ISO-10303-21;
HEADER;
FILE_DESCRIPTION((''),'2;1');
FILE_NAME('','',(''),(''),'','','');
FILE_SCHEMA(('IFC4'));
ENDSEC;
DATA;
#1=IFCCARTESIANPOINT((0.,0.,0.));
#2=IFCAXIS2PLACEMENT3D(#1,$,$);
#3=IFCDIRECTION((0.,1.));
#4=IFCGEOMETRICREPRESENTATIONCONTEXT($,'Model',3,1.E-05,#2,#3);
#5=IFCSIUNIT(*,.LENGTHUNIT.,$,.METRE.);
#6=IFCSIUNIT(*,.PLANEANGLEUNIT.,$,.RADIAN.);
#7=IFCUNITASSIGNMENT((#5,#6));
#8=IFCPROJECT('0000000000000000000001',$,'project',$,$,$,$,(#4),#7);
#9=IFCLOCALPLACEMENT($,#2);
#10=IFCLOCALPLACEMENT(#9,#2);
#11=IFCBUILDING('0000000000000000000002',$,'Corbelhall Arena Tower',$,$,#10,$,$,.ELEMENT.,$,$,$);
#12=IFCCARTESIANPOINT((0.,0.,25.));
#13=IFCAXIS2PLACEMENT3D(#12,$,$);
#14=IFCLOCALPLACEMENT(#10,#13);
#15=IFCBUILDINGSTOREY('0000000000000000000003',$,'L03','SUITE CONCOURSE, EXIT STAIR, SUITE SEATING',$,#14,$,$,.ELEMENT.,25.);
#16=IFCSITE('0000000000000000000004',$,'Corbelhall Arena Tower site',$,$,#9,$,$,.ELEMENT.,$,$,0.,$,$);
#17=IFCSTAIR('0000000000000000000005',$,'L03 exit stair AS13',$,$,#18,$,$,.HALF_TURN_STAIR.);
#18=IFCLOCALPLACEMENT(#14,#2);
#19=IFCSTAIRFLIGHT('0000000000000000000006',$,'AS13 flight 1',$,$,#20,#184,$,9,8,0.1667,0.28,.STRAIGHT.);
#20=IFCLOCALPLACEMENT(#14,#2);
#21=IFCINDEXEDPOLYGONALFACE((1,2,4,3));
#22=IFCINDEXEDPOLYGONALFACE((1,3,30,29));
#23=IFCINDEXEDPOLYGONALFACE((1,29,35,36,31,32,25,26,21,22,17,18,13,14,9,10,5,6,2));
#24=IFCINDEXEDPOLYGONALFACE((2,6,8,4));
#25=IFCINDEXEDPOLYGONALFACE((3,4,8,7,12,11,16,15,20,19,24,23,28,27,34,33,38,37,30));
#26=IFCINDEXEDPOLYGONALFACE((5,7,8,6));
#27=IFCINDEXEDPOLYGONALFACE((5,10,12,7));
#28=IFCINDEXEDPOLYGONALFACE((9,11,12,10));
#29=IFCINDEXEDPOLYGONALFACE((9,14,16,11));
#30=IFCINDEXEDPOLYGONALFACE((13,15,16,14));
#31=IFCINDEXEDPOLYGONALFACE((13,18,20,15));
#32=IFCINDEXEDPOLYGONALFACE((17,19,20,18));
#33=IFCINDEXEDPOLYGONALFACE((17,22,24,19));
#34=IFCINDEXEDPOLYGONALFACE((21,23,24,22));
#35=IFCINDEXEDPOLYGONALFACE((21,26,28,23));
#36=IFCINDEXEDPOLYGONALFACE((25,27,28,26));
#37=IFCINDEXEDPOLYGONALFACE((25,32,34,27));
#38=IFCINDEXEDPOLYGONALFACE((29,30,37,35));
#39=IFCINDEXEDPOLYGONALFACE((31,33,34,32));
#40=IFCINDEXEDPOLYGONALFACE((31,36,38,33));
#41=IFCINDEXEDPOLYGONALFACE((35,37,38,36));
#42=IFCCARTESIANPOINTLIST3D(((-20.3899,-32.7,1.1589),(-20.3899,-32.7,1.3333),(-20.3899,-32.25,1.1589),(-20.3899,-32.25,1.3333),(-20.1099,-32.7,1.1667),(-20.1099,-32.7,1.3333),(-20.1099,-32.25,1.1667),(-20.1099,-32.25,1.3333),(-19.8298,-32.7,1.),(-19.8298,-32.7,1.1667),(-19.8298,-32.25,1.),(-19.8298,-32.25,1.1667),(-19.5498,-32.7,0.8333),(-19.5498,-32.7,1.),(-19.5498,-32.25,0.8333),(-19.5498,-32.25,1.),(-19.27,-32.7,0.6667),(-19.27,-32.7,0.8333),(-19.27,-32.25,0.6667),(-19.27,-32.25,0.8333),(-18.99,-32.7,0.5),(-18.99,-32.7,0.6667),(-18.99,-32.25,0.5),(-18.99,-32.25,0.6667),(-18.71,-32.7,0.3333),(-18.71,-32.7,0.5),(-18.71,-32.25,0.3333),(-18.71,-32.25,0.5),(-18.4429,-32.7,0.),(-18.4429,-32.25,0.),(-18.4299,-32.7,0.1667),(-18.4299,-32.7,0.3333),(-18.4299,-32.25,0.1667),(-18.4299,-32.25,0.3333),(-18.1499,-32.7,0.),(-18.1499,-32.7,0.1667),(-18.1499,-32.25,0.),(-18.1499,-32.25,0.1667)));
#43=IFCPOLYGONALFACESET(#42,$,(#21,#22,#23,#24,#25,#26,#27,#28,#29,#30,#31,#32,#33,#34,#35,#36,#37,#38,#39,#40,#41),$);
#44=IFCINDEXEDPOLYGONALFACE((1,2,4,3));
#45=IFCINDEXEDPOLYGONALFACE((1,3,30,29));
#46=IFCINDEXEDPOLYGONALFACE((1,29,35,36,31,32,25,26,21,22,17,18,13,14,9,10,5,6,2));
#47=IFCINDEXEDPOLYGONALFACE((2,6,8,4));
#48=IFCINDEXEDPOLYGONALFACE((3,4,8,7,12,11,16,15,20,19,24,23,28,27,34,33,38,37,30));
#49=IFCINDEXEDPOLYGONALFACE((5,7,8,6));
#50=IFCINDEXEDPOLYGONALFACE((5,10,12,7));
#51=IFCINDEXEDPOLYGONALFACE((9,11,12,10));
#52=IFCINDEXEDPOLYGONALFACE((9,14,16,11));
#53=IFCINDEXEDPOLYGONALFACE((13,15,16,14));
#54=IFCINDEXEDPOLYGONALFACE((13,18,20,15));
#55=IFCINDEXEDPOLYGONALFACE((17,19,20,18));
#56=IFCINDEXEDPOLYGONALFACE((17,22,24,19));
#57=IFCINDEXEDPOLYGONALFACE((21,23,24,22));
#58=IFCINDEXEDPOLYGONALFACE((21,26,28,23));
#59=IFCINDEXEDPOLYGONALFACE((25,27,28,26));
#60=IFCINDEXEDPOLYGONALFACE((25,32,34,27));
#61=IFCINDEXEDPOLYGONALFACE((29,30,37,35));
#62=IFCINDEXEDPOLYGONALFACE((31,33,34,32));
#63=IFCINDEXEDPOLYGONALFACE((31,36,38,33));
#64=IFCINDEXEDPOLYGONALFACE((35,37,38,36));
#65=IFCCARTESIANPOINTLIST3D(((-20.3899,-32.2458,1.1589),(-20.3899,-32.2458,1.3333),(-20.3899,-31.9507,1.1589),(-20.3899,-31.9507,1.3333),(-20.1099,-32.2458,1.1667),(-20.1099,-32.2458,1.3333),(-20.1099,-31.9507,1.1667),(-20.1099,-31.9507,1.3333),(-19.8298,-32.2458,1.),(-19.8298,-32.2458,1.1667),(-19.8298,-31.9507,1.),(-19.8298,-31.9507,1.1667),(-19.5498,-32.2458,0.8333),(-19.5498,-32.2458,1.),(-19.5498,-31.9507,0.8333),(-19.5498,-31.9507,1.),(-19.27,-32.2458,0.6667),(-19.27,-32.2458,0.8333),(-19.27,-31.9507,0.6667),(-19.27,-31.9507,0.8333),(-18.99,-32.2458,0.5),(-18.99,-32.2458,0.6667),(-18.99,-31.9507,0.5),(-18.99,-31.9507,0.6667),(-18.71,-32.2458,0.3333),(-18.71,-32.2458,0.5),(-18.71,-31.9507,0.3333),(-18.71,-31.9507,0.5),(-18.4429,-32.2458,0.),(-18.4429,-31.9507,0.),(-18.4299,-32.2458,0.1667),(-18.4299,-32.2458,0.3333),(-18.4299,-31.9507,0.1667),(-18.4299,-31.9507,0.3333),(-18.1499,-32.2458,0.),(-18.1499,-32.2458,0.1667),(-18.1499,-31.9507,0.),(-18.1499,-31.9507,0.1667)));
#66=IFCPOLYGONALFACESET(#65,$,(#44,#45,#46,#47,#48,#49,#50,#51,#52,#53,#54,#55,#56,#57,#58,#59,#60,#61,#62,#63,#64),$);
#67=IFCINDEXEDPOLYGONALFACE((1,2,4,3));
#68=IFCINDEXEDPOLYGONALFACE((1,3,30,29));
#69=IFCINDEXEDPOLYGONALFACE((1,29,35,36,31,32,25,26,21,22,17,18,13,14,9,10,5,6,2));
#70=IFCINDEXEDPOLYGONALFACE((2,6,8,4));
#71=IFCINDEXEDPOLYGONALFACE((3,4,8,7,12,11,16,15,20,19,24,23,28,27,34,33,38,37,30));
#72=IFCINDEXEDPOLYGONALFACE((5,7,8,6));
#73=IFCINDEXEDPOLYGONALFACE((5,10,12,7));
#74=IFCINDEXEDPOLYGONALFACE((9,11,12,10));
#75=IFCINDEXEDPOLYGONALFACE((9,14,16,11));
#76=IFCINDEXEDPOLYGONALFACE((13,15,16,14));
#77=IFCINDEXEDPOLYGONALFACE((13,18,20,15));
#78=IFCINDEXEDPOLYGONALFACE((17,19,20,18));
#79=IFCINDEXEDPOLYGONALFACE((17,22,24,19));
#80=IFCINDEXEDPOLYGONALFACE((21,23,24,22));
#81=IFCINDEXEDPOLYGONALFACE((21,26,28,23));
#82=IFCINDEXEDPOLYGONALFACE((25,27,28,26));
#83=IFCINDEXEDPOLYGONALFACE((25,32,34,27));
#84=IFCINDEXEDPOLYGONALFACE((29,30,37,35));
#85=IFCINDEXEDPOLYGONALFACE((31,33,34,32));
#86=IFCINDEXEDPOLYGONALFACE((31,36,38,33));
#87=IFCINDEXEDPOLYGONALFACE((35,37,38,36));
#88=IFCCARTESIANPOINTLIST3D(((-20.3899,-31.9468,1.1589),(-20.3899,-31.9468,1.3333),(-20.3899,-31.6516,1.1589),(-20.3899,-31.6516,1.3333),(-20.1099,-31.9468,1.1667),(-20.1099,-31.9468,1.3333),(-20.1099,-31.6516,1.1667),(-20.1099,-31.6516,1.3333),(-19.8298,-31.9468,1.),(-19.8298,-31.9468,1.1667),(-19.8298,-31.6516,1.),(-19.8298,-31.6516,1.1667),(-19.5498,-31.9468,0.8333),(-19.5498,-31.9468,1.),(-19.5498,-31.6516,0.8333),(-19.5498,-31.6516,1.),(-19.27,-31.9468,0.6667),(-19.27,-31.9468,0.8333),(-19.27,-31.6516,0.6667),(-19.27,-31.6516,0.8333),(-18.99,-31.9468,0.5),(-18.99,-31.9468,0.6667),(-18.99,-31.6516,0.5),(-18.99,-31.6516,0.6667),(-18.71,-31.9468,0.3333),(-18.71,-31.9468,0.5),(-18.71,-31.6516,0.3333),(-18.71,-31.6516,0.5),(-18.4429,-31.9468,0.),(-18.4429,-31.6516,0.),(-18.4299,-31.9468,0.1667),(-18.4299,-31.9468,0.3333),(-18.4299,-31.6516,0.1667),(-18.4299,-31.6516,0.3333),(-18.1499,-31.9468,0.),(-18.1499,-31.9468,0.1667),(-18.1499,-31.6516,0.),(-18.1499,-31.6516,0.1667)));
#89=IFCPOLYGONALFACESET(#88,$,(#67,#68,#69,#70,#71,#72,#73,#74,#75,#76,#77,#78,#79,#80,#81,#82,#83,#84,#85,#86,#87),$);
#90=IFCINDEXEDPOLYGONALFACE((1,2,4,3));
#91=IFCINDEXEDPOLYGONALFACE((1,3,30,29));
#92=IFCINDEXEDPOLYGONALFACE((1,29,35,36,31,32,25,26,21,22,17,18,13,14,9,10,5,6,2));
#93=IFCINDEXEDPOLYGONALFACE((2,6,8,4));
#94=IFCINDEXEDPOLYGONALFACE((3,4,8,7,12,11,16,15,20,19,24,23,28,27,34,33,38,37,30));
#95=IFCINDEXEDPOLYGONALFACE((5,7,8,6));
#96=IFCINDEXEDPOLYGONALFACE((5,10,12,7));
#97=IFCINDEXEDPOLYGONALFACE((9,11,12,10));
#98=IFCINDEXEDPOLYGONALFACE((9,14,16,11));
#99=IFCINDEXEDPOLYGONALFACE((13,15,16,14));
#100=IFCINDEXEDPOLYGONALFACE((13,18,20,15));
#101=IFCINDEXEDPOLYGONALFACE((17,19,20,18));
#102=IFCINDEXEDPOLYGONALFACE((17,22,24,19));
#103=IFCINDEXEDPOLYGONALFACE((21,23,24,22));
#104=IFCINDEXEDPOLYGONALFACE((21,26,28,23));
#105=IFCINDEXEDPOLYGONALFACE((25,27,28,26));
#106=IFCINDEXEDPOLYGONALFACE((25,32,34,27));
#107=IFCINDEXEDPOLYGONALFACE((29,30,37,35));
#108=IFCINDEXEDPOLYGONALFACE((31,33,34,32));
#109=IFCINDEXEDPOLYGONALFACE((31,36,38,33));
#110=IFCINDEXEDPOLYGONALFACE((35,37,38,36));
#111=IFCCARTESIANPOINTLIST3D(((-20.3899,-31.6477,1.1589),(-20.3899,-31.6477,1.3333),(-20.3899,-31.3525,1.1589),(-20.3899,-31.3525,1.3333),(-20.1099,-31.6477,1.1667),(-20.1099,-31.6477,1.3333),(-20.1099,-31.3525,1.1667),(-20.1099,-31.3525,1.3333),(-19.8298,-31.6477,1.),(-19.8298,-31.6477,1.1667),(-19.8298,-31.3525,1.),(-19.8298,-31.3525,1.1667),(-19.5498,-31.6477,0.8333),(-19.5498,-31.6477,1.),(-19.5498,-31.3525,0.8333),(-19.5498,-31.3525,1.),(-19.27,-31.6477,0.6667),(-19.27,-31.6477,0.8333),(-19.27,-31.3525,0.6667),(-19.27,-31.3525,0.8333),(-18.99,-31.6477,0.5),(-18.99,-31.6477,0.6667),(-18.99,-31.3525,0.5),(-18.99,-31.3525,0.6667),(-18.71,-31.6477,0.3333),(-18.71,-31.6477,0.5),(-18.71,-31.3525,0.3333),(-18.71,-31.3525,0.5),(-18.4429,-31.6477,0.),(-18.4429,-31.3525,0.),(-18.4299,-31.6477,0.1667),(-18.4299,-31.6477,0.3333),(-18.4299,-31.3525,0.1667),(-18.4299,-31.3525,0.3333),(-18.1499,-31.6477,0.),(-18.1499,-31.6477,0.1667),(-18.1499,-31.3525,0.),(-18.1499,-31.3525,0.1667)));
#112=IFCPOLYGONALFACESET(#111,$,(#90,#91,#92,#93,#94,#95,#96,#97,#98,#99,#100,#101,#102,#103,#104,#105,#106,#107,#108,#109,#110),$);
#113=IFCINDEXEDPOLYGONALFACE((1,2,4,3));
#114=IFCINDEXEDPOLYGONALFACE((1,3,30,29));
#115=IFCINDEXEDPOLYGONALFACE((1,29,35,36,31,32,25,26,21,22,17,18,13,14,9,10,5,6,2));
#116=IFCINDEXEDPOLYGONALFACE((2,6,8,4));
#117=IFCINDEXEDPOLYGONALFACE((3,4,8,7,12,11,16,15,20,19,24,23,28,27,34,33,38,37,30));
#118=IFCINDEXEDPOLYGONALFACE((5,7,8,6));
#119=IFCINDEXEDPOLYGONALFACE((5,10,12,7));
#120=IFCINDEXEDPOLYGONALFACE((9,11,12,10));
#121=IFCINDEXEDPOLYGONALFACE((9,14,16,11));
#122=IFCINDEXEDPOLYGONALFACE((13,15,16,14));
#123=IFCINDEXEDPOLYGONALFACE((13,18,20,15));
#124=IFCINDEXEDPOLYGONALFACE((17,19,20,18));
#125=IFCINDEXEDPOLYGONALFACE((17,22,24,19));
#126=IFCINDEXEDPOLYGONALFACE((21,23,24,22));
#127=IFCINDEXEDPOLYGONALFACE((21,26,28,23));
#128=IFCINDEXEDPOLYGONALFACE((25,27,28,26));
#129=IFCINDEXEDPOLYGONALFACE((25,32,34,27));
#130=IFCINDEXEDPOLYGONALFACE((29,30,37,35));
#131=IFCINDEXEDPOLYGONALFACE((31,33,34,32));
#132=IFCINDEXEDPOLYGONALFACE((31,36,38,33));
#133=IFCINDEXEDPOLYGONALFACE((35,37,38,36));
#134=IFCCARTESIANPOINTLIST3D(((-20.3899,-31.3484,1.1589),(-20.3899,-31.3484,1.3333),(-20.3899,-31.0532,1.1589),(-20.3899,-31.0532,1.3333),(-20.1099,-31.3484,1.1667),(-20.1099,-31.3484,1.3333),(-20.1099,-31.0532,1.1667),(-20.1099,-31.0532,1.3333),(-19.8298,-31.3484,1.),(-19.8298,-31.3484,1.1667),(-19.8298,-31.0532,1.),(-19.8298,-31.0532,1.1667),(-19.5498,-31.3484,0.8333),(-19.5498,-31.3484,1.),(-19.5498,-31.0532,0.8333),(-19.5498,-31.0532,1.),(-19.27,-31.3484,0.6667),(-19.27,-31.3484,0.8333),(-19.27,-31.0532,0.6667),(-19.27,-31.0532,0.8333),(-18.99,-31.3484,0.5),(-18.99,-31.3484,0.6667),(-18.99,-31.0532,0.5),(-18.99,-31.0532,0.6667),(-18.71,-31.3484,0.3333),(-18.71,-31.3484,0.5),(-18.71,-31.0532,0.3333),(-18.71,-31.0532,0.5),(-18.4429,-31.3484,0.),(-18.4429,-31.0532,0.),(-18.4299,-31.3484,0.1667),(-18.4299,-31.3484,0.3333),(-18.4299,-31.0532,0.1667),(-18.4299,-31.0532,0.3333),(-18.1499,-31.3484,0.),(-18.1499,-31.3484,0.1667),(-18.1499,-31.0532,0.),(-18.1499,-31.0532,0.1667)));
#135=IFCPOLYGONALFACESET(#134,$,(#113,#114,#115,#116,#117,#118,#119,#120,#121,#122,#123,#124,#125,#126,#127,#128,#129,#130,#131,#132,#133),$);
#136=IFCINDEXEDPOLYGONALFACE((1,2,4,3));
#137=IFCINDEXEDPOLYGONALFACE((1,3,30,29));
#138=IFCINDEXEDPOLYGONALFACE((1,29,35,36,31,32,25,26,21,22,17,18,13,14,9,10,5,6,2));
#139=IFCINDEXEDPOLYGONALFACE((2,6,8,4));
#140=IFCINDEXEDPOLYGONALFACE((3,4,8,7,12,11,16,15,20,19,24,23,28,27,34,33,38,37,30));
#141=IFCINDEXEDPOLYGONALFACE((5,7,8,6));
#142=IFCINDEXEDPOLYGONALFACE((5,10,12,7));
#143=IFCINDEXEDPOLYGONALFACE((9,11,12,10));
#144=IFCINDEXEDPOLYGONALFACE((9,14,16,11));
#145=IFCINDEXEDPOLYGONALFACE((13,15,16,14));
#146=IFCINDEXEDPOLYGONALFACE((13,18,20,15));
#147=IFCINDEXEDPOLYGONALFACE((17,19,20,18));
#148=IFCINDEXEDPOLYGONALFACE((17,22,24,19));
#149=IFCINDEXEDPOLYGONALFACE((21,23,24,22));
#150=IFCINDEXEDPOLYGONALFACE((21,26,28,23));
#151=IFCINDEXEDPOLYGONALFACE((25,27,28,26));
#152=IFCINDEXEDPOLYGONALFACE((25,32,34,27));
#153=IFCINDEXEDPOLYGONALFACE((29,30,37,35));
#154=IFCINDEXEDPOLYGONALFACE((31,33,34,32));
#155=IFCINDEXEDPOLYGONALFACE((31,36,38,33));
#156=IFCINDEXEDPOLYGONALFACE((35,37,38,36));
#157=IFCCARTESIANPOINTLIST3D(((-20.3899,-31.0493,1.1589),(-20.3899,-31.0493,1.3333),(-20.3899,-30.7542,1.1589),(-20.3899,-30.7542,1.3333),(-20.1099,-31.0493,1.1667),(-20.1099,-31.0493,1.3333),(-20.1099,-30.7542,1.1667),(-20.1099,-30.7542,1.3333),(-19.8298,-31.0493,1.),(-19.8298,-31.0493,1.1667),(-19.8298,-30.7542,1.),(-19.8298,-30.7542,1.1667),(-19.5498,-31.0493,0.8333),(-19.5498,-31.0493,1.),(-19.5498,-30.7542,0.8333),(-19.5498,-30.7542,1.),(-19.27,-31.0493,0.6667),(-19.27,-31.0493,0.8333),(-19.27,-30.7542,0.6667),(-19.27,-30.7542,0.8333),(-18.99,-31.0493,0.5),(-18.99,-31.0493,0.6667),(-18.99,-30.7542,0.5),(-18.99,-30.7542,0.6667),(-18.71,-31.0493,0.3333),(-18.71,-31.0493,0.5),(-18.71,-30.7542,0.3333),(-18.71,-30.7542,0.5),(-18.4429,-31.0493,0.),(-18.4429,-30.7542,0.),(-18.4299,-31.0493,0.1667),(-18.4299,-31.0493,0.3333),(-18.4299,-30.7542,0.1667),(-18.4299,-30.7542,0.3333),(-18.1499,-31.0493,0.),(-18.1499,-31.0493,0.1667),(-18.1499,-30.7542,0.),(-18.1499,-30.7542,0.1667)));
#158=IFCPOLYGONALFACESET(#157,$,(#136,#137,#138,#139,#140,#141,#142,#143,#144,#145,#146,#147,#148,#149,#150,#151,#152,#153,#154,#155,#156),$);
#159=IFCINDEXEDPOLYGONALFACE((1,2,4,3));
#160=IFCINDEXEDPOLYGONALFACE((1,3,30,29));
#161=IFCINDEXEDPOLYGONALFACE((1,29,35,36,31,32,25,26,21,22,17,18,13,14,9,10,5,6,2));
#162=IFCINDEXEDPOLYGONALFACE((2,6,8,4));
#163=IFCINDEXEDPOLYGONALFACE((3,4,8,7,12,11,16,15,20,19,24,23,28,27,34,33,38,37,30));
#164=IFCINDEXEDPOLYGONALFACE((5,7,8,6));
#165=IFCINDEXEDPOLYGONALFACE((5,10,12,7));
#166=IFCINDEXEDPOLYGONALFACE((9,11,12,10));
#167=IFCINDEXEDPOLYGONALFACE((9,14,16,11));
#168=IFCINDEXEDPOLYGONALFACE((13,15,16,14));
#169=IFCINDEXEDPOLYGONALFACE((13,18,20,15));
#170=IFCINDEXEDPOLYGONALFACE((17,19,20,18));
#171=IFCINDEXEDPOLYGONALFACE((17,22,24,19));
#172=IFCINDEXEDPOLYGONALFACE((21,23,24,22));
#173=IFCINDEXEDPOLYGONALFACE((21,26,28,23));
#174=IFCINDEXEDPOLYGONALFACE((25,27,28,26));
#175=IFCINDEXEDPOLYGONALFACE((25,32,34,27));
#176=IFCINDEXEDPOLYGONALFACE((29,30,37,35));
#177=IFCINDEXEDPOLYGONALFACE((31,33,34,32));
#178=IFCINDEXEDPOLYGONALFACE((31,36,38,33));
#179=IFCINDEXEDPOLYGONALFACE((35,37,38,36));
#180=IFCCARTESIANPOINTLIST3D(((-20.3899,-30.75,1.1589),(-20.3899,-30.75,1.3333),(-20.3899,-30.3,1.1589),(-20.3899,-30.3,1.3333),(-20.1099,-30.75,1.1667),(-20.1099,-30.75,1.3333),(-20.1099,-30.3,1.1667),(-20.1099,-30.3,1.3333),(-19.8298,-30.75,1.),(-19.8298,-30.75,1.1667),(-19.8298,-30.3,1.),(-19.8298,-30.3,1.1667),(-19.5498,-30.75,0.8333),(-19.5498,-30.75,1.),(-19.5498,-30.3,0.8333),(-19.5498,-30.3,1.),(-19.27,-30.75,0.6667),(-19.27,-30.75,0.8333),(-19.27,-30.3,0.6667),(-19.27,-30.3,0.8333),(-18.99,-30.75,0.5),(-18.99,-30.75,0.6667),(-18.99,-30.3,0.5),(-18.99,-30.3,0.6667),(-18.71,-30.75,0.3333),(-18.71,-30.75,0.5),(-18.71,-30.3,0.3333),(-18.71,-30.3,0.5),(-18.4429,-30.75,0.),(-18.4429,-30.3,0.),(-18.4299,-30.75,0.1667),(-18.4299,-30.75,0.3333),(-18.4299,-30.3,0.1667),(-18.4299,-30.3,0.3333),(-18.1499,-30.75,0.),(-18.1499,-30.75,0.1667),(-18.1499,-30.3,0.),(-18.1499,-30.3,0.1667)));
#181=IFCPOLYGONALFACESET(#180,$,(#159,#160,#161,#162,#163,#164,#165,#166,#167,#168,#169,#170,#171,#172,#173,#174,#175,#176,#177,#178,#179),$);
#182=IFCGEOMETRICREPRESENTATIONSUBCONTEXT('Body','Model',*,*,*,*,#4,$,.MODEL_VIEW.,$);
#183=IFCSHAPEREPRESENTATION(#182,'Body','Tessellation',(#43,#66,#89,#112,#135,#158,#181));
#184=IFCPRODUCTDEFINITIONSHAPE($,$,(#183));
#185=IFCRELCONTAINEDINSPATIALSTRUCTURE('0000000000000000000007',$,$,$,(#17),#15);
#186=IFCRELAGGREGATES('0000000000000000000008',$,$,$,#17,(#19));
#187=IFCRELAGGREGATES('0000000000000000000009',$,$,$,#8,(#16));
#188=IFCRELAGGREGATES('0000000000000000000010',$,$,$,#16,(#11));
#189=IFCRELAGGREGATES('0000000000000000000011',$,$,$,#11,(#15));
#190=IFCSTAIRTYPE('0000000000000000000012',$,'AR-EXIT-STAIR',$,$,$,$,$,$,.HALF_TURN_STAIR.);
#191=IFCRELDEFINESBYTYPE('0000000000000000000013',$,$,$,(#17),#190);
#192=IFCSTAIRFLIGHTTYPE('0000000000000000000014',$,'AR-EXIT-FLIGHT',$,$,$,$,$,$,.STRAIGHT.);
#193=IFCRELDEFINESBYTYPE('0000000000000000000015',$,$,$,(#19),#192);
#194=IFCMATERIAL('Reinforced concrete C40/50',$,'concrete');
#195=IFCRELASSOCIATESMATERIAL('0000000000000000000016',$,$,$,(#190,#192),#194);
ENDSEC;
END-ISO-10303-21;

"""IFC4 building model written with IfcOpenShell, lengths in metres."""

from ifc_helpers import new_model, si_unit, direction, frame, origin, place, context, subcontext, project, spatial, polyline, outline, extrude, material, type_object, element, aggregate, save


model = new_model("IFC4")

# Units and contexts
model_context = context("Model", 3, precision=1e-05, world=origin(), true_north=direction((0.0, 1.0)))
body_context = subcontext(model_context, "Body", "Model", "MODEL_VIEW")
ifc_project = project(units=[si_unit("LENGTHUNIT", "METRE"), si_unit("PLANEANGLEUNIT", "RADIAN")], contexts=[model_context])

# Site, building, storey
site_placement = place(None, origin())
site = spatial("IfcSite", under=ifc_project, at=site_placement, Name="Corbelhall Arena Tower site", CompositionType="ELEMENT", RefElevation=0.0)
building_placement = place(site_placement, origin())
building = spatial("IfcBuilding", under=site, at=building_placement, Name="Corbelhall Arena Tower", CompositionType="ELEMENT")
storey_placement = place(building_placement, frame((0.0, 0.0, 25.0)))
storey = spatial("IfcBuildingStorey", under=building, at=storey_placement, Name="L03", Description="SUITE CONCOURSE, EXIT STAIR, SUITE SEATING", CompositionType="ELEMENT", Elevation=25.0)

# Shared definitions
ifc_material_1 = material(Name="Reinforced concrete C40/50", Category="concrete")

# Stair, stair flight
stair_type = type_object("IfcStairType", Name="AR-EXIT-STAIR", PredefinedType="HALF_TURN_STAIR", material=ifc_material_1)
stair_1_placement = place(storey_placement, origin())
stair_1 = element("IfcStair", 1, at=stair_1_placement, inside=storey, type_object=stair_type, Name="L03 exit stair AS13", PredefinedType="HALF_TURN_STAIR")
stair_flight_type = type_object("IfcStairFlightType", Name="AR-EXIT-FLIGHT", PredefinedType="STRAIGHT", material=ifc_material_1)
stair_flight_1_placement = place(storey_placement, frame((-18.1499, -31.5, 0.0), z_axis=(0.0, 0.0, 1.0), x_axis=(-1.0, 0.0, 0.0)))
stair_flight_1 = element("IfcStairFlight", 2, at=stair_flight_1_placement, type_object=stair_flight_type, Name="AS13 flight 1", NumberOfRisers=9, NumberOfTreads=8, PredefinedType="STRAIGHT", RiserHeight=0.1667, TreadLength=0.28, context=body_context, shape_type="SweptSolid", body=[
    extrude(outline(polyline([(0.0, 0.0), (0.0, 0.1667), (0.28, 0.1667), (0.28, 0.3333), (0.5601, 0.3333), (0.5601, 0.5), (0.8401, 0.5), (0.8401, 0.6667), (1.1201, 0.6667), (1.1201, 0.8333), (1.3999, 0.8333), (1.3999, 1.0), (1.6799, 1.0), (1.6799, 1.1667), (1.96, 1.1667), (1.96, 1.3333), (2.24, 1.3333), (2.24, 1.5), (2.24, 1.1589), (0.293, 0.0), (0.0, 0.0)])), frame((0.0, 1.2, 0.0), z_axis=(0.0, -1.0, 0.0), x_axis=(1.0, 0.0, 0.0)), (0.0, 0.0, 1.0), 0.45),
    extrude(outline(polyline([(0.0, 0.0), (0.0, 0.1667), (0.28, 0.1667), (0.28, 0.3333), (0.5601, 0.3333), (0.5601, 0.5), (0.8401, 0.5), (0.8401, 0.6667), (1.1201, 0.6667), (1.1201, 0.8333), (1.3999, 0.8333), (1.3999, 1.0), (1.6799, 1.0), (1.6799, 1.1667), (1.96, 1.1667), (1.96, 1.3333), (2.24, 1.3333), (2.24, 1.5), (2.24, 1.1589), (0.293, 0.0), (0.0, 0.0)])), frame((0.0, 0.7458, 0.0), z_axis=(0.0, -1.0, 0.0), x_axis=(1.0, 0.0, 0.0)), (0.0, 0.0, 1.0), 0.2952),
    extrude(outline(polyline([(0.0, 0.0), (0.0, 0.1667), (0.28, 0.1667), (0.28, 0.3333), (0.5601, 0.3333), (0.5601, 0.5), (0.8401, 0.5), (0.8401, 0.6667), (1.1201, 0.6667), (1.1201, 0.8333), (1.3999, 0.8333), (1.3999, 1.0), (1.6799, 1.0), (1.6799, 1.1667), (1.96, 1.1667), (1.96, 1.3333), (2.24, 1.3333), (2.24, 1.5), (2.24, 1.1589), (0.293, 0.0), (0.0, 0.0)])), frame((0.0, 0.4468, 0.0), z_axis=(0.0, -1.0, 0.0), x_axis=(1.0, 0.0, 0.0)), (0.0, 0.0, 1.0), 0.2952),
    extrude(outline(polyline([(0.0, 0.0), (0.0, 0.1667), (0.28, 0.1667), (0.28, 0.3333), (0.5601, 0.3333), (0.5601, 0.5), (0.8401, 0.5), (0.8401, 0.6667), (1.1201, 0.6667), (1.1201, 0.8333), (1.3999, 0.8333), (1.3999, 1.0), (1.6799, 1.0), (1.6799, 1.1667), (1.96, 1.1667), (1.96, 1.3333), (2.24, 1.3333), (2.24, 1.5), (2.24, 1.1589), (0.293, 0.0), (0.0, 0.0)])), frame((0.0, 0.1477, 0.0), z_axis=(0.0, -1.0, 0.0), x_axis=(1.0, 0.0, 0.0)), (0.0, 0.0, 1.0), 0.2952),
    extrude(outline(polyline([(0.0, 0.0), (0.0, 0.1667), (0.28, 0.1667), (0.28, 0.3333), (0.5601, 0.3333), (0.5601, 0.5), (0.8401, 0.5), (0.8401, 0.6667), (1.1201, 0.6667), (1.1201, 0.8333), (1.3999, 0.8333), (1.3999, 1.0), (1.6799, 1.0), (1.6799, 1.1667), (1.96, 1.1667), (1.96, 1.3333), (2.24, 1.3333), (2.24, 1.5), (2.24, 1.1589), (0.293, 0.0), (0.0, 0.0)])), frame((0.0, -0.1516, 0.0), z_axis=(0.0, -1.0, 0.0), x_axis=(1.0, 0.0, 0.0)), (0.0, 0.0, 1.0), 0.2952),
    extrude(outline(polyline([(0.0, 0.0), (0.0, 0.1667), (0.28, 0.1667), (0.28, 0.3333), (0.5601, 0.3333), (0.5601, 0.5), (0.8401, 0.5), (0.8401, 0.6667), (1.1201, 0.6667), (1.1201, 0.8333), (1.3999, 0.8333), (1.3999, 1.0), (1.6799, 1.0), (1.6799, 1.1667), (1.96, 1.1667), (1.96, 1.3333), (2.24, 1.3333), (2.24, 1.5), (2.24, 1.1589), (0.293, 0.0), (0.0, 0.0)])), frame((0.0, -0.4507, 0.0), z_axis=(0.0, -1.0, 0.0), x_axis=(1.0, 0.0, 0.0)), (0.0, 0.0, 1.0), 0.2952),
    extrude(outline(polyline([(0.0, 0.0), (0.0, 0.1667), (0.28, 0.1667), (0.28, 0.3333), (0.5601, 0.3333), (0.5601, 0.5), (0.8401, 0.5), (0.8401, 0.6667), (1.1201, 0.6667), (1.1201, 0.8333), (1.3999, 0.8333), (1.3999, 1.0), (1.6799, 1.0), (1.6799, 1.1667), (1.96, 1.1667), (1.96, 1.3333), (2.24, 1.3333), (2.24, 1.5), (2.24, 1.1589), (0.293, 0.0), (0.0, 0.0)])), frame((0.0, -0.75, 0.0), z_axis=(0.0, -1.0, 0.0), x_axis=(1.0, 0.0, 0.0)), (0.0, 0.0, 1.0), 0.45),
])
aggregate(stair_1, [stair_flight_1])

save(model, "model.ifc")
